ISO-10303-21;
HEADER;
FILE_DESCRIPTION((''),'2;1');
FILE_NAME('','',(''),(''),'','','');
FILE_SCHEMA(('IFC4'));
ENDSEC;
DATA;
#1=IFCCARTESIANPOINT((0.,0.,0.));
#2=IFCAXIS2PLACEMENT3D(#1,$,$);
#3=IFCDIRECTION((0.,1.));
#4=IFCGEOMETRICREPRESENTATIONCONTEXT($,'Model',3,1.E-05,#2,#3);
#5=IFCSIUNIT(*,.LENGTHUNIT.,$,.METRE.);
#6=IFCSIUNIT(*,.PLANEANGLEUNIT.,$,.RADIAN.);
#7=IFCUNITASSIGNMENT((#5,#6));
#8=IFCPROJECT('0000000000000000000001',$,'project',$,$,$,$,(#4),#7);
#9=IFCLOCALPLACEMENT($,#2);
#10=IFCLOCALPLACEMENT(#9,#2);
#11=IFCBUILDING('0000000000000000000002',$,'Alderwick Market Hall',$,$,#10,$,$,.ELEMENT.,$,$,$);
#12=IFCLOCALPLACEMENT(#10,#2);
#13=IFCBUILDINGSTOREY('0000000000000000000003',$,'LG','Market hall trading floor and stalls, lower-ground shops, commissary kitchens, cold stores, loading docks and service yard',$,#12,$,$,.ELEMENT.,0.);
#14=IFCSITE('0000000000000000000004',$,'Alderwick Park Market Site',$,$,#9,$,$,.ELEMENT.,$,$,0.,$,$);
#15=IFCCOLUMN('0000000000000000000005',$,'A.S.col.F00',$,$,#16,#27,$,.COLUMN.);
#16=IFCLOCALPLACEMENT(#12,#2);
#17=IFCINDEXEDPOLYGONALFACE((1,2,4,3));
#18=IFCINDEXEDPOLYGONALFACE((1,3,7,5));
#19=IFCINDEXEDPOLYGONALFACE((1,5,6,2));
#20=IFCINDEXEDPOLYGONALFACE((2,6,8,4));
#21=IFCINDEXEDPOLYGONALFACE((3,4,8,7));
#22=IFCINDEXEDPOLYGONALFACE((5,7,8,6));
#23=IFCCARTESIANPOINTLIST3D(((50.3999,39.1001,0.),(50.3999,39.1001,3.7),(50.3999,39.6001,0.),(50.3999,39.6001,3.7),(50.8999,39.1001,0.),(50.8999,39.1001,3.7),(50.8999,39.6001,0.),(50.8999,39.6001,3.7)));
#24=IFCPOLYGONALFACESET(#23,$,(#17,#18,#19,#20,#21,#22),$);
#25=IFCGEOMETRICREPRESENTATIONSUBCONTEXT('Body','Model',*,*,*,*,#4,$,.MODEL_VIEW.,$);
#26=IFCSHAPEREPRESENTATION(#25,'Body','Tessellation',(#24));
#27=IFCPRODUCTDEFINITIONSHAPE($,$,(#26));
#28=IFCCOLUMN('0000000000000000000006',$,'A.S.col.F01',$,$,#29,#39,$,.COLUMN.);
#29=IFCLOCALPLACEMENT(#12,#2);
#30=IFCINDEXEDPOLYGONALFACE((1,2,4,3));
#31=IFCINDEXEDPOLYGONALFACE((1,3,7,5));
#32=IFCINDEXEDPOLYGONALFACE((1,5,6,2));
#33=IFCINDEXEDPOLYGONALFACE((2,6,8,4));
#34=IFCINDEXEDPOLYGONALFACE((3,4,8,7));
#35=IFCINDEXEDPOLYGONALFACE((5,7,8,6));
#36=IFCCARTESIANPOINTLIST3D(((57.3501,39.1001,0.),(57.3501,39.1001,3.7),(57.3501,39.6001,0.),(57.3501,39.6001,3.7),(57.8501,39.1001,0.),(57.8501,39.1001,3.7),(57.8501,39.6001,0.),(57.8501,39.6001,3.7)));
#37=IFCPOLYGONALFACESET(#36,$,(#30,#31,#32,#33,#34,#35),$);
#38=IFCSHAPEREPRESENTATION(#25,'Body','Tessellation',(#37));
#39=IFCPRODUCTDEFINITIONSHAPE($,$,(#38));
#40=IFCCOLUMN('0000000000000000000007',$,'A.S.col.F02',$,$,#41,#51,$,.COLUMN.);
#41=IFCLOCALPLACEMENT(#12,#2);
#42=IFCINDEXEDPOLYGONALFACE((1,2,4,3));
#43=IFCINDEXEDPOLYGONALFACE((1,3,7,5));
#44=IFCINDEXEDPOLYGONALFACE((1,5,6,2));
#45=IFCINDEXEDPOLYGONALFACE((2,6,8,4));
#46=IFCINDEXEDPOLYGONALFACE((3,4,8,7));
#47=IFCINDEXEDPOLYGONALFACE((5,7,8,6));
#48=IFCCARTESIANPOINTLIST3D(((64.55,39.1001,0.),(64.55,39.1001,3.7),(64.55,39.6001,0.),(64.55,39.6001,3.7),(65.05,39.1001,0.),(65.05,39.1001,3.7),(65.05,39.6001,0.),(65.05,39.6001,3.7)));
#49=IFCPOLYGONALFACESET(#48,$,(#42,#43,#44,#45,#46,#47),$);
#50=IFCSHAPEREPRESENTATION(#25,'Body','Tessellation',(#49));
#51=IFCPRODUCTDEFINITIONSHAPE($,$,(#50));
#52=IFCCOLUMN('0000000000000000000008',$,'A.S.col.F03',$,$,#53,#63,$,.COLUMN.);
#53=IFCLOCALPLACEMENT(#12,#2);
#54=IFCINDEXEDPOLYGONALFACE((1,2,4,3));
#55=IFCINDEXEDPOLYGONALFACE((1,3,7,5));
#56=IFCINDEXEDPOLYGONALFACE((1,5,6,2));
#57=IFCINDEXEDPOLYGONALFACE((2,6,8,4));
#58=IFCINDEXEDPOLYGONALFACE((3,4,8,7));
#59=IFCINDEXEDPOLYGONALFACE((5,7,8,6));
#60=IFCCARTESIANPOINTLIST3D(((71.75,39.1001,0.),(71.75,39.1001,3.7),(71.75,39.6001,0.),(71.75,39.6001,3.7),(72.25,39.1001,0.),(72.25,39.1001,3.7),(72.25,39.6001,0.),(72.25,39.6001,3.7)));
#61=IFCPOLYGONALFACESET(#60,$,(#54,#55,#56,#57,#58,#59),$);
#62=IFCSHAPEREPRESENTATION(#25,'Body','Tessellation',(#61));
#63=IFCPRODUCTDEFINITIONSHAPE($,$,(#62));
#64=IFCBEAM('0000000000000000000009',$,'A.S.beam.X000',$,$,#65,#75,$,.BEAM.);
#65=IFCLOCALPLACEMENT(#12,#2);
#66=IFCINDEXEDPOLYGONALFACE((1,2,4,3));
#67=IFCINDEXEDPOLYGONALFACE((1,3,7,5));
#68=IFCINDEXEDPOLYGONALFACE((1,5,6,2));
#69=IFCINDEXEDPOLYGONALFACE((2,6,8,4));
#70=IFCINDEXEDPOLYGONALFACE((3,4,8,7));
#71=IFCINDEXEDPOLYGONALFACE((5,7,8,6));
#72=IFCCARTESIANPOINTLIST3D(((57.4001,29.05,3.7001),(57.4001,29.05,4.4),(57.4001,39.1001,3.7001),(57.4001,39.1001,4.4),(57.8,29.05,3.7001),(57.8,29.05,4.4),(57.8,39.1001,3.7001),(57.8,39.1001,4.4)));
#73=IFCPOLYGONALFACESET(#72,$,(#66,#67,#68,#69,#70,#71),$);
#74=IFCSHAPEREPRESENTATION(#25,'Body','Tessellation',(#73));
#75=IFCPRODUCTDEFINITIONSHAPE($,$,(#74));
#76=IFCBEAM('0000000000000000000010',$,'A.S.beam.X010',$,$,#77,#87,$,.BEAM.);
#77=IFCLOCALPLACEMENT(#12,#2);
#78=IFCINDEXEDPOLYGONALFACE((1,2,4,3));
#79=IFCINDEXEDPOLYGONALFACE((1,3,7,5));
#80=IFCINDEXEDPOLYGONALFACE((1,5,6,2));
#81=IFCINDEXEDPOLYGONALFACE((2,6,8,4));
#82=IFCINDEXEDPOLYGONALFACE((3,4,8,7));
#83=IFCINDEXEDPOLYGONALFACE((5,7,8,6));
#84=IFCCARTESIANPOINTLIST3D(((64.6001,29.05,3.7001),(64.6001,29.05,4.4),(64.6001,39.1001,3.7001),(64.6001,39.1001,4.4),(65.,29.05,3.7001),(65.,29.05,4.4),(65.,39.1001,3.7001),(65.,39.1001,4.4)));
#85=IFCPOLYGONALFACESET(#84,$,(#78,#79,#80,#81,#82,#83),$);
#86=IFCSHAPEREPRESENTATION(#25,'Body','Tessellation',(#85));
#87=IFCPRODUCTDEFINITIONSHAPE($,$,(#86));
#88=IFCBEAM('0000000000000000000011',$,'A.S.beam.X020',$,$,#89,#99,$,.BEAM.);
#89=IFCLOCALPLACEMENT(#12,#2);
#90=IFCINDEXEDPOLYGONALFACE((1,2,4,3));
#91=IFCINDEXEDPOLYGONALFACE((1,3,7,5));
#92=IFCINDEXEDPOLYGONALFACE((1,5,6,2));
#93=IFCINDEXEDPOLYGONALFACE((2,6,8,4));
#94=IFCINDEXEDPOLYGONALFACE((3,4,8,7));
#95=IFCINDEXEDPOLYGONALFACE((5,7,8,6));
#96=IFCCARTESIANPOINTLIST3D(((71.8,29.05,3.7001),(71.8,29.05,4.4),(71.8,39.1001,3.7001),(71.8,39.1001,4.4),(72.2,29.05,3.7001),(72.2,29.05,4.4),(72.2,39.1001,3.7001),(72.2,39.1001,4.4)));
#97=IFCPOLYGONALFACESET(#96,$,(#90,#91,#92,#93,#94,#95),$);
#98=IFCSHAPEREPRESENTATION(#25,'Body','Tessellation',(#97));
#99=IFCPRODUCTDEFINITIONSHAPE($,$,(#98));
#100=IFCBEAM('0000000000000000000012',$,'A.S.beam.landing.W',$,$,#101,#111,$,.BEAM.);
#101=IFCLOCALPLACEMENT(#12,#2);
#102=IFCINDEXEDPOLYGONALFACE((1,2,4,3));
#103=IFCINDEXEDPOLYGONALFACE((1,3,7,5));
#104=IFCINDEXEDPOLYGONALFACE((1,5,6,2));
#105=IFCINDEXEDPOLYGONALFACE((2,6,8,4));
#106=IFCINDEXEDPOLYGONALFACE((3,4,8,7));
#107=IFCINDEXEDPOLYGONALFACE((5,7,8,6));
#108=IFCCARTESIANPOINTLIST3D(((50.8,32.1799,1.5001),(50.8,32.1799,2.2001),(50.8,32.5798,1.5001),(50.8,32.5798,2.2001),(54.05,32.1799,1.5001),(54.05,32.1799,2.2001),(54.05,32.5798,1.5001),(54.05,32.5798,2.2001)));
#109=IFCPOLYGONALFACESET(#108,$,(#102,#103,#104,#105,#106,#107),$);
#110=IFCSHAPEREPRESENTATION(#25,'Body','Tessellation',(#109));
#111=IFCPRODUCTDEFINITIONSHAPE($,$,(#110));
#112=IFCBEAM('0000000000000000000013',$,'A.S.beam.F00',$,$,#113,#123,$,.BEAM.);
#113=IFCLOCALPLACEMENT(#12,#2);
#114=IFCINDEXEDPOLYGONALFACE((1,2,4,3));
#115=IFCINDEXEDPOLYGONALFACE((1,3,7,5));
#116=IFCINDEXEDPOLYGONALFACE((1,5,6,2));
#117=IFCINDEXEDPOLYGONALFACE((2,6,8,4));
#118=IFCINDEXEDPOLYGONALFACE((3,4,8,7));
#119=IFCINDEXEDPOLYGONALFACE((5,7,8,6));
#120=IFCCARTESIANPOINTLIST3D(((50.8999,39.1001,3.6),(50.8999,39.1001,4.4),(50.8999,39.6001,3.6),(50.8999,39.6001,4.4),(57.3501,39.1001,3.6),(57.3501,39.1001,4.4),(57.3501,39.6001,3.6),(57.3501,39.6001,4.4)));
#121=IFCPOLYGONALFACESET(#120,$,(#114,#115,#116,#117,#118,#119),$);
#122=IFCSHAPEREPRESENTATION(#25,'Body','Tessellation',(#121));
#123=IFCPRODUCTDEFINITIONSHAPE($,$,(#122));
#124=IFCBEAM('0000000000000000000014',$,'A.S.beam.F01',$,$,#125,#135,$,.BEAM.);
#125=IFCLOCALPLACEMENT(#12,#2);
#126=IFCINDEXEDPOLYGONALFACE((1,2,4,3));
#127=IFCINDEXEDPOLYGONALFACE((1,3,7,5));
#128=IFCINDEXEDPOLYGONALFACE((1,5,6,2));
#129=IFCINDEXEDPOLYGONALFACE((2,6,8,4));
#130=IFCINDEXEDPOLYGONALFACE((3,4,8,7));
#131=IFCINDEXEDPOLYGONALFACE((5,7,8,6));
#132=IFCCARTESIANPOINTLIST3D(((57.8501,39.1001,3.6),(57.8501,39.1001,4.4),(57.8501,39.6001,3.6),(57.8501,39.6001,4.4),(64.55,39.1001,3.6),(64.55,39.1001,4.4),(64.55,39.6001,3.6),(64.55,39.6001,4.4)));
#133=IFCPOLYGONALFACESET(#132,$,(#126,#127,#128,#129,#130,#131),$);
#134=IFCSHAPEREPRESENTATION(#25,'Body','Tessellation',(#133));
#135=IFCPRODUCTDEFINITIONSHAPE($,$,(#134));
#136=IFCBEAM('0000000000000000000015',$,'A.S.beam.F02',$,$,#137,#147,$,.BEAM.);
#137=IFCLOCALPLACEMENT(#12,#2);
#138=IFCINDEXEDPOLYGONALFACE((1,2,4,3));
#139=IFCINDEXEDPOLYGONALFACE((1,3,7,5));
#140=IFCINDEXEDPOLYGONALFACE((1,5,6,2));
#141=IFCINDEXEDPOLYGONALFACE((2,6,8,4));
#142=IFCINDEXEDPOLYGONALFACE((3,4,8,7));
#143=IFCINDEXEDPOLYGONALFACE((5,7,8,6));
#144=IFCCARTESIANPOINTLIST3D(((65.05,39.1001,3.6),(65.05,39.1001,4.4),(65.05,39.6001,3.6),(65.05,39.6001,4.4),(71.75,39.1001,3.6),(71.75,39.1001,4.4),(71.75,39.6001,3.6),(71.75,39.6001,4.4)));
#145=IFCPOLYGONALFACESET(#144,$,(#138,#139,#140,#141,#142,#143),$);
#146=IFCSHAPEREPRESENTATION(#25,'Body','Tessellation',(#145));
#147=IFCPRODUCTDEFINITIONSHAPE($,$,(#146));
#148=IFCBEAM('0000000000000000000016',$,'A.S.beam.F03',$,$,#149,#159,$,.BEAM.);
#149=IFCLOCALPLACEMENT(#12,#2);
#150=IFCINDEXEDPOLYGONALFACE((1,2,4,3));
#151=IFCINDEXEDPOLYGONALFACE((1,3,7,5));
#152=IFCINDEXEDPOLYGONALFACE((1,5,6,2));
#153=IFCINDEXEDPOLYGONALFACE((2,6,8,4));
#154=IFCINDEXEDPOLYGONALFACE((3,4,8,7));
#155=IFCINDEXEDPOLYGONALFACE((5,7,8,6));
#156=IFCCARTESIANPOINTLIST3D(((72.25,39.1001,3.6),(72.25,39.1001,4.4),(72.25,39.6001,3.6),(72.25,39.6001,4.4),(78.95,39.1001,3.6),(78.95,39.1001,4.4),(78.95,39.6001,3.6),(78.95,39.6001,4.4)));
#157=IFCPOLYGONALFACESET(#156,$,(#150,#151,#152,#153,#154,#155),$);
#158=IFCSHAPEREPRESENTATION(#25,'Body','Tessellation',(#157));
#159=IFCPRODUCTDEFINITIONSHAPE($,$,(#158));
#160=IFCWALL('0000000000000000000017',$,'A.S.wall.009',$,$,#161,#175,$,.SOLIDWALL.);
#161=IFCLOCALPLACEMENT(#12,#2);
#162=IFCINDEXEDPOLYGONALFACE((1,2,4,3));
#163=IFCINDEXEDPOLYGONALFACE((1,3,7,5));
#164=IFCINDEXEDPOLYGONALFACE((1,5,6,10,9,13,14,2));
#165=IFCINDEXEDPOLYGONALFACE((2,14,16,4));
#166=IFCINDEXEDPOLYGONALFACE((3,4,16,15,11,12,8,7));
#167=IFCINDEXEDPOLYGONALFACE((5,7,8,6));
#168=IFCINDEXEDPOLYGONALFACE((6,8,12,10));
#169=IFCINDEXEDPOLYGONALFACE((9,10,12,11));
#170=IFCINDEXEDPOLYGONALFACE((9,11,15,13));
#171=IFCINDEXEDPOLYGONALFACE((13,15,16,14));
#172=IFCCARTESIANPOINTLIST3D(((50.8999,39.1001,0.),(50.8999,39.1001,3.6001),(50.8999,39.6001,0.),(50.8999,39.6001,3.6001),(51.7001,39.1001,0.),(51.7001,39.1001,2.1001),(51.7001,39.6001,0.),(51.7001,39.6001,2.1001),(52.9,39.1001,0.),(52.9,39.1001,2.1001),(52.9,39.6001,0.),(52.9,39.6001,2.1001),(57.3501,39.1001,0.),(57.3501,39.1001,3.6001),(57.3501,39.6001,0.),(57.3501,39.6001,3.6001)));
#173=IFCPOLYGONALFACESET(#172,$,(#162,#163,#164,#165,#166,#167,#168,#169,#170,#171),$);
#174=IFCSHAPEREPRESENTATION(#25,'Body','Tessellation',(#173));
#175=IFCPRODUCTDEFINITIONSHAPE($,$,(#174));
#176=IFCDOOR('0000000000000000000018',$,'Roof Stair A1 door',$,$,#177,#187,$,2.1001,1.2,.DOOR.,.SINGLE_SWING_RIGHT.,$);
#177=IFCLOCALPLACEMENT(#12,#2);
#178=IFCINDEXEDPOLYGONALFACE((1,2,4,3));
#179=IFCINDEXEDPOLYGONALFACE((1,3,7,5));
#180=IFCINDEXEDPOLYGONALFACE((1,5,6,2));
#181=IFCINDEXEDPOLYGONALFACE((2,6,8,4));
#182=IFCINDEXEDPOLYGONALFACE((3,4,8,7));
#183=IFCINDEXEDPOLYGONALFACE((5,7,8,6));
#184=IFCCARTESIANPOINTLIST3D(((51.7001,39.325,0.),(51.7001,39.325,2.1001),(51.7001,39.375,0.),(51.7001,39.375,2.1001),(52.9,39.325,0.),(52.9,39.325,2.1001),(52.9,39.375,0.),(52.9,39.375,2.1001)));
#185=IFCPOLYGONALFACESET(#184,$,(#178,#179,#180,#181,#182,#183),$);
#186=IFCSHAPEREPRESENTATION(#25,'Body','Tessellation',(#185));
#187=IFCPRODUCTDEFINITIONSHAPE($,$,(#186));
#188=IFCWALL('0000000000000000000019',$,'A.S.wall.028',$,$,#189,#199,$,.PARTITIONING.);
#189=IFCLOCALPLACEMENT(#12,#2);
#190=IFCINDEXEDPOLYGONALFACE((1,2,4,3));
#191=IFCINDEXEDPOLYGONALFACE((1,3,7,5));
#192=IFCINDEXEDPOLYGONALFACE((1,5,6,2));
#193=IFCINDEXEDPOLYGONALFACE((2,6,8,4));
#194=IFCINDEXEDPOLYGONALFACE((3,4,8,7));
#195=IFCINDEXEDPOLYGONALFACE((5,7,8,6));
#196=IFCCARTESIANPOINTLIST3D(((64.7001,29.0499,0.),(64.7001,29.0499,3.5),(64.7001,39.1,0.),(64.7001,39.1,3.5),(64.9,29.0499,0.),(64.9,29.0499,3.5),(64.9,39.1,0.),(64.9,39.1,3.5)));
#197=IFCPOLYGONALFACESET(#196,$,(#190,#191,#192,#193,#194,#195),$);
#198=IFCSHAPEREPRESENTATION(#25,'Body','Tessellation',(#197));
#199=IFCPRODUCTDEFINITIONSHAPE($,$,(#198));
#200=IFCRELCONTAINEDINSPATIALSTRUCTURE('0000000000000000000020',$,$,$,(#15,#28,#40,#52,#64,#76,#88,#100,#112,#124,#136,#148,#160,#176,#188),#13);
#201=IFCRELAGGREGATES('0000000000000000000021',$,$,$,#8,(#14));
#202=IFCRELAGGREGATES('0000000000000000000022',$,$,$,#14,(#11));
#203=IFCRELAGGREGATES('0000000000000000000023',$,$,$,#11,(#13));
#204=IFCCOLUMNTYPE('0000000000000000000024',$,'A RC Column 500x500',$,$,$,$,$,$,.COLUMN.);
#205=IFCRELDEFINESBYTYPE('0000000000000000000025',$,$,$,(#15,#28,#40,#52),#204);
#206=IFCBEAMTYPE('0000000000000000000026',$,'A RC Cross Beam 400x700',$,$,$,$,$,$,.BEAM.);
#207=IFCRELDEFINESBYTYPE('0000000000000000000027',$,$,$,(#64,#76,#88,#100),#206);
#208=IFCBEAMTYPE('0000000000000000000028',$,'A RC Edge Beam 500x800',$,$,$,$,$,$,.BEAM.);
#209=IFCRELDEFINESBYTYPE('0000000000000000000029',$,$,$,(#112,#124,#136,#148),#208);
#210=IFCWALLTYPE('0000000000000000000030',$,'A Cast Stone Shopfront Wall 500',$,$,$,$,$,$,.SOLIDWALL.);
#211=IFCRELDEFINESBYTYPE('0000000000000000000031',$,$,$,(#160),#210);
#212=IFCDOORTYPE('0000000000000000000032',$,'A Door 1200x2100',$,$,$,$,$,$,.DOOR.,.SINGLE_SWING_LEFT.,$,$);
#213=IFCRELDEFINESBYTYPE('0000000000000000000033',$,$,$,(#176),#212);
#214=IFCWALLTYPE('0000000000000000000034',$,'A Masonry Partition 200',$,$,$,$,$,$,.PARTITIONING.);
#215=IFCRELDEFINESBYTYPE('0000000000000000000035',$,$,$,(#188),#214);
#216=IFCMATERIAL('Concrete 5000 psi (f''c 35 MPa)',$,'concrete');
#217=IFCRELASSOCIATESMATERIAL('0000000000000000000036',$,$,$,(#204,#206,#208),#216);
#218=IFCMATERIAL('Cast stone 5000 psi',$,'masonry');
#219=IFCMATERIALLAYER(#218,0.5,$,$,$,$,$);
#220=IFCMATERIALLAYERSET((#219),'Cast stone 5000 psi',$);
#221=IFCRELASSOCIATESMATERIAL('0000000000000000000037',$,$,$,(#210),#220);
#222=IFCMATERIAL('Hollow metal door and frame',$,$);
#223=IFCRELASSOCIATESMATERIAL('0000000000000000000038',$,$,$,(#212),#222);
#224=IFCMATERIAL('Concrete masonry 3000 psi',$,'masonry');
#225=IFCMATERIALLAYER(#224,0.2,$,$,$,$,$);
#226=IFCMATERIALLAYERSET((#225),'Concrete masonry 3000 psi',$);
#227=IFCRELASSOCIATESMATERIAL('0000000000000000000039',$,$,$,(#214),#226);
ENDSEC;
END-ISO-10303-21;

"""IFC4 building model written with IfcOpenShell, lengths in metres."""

from ifc_helpers import new_model, si_unit, direction, frame, frame_2d, origin, origin_2d, place, context, subcontext, project, spatial, rectangle, extrude, material, layer, layer_set, material_profile, profile_set, type_object, element, fill, save


model = new_model("IFC4")

# Units and contexts
model_context = context("Model", 3, precision=1e-05, world=origin(), true_north=direction((0.0, 1.0)))
body_context = subcontext(model_context, "Body", "Model", "MODEL_VIEW")
ifc_project = project(units=[si_unit("LENGTHUNIT", "METRE"), si_unit("PLANEANGLEUNIT", "RADIAN")], contexts=[model_context])

# Site, building, storey
site_placement = place(None, origin())
site = spatial("IfcSite", under=ifc_project, at=site_placement, Name="Alderwick Park Market Site", CompositionType="ELEMENT", RefElevation=0.0)
building_placement = place(site_placement, origin())
building = spatial("IfcBuilding", under=site, at=building_placement, Name="Alderwick Market Hall", CompositionType="ELEMENT")
storey_placement = place(building_placement, origin())
storey = spatial("IfcBuildingStorey", under=building, at=storey_placement, Name="LG", Description="Market hall trading floor and stalls, lower-ground shops, commissary kitchens, cold stores, loading docks and service yard", CompositionType="ELEMENT", Elevation=0.0)

# Columns
ifc_material_1 = material(Name="Concrete 5000 psi (f'c 35 MPa)", Category="concrete")
ifc_material_profile_1 = material_profile(ifc_material_1, rectangle(XDim=0.5, YDim=0.5, at=origin_2d()), Name="A RC Column 500x500")
ifc_profile_set_1 = profile_set([ifc_material_profile_1], Name="Concrete 5000 psi (f'c 35 MPa)")
column_type = type_object("IfcColumnType", Name="A RC Column 500x500", PredefinedType="COLUMN", material=ifc_profile_set_1)
for number, where, z_axis, x_axis, name in (
    (1, (50.6499, 39.3501, 0.0), (0.0, 0.0, 1.0), (1.0, 0.0, 0.0), "A.S.col.F00"),
    (2, (57.6001, 39.3501, 0.0), (0.0, 0.0, 1.0), (1.0, 0.0, 0.0), "A.S.col.F01"),
    (3, (64.8, 39.3501, 0.0), (0.0, 0.0, 1.0), (1.0, 0.0, 0.0), "A.S.col.F02"),
    (4, (72.0, 39.3501, 0.0), (0.0, 0.0, 1.0), (1.0, 0.0, 0.0), "A.S.col.F03"),
):
    element("IfcColumn", number, at=place(storey_placement, frame(where, z_axis=z_axis, x_axis=x_axis)), inside=storey, type_object=column_type, Name=name, PredefinedType="COLUMN", context=body_context, shape_type="SweptSolid", body=[
        extrude(rectangle(XDim=0.5, YDim=0.5, at=origin_2d()), origin(), (0.0, 0.0, 1.0), 3.7),
    ])

# Beams
ifc_material_profile_2 = material_profile(ifc_material_1, rectangle(XDim=0.3999, YDim=0.7, at=origin_2d()), Name="A RC Cross Beam 400x700")
ifc_profile_set_2 = profile_set([ifc_material_profile_2], Name="Concrete 5000 psi (f'c 35 MPa)")
beam_type_1 = type_object("IfcBeamType", Name="A RC Cross Beam 400x700", PredefinedType="BEAM", material=ifc_profile_set_2)
for number, where, z_axis, x_axis, name in (
    (5, (57.6001, 39.1001, 4.05), (0.0, -1.0, 0.0), (1.0, 0.0, 0.0), "A.S.beam.X000"),
    (6, (64.8, 39.1001, 4.05), (0.0, -1.0, 0.0), (1.0, 0.0, 0.0), "A.S.beam.X010"),
    (7, (72.0, 39.1001, 4.05), (0.0, -1.0, 0.0), (1.0, 0.0, 0.0), "A.S.beam.X020"),
):
    element("IfcBeam", number, at=place(storey_placement, frame(where, z_axis=z_axis, x_axis=x_axis)), inside=storey, type_object=beam_type_1, Name=name, PredefinedType="BEAM", context=body_context, shape_type="SweptSolid", body=[
        extrude(rectangle(XDim=0.3999, YDim=0.7, at=origin_2d()), origin(), (0.0, 0.0, 1.0), 10.05),
    ])
beam_1_placement = place(storey_placement, frame((50.8, 32.3799, 1.8501), z_axis=(1.0, 0.0, 0.0), x_axis=(0.0, 1.0, 0.0)))
element("IfcBeam", 8, at=beam_1_placement, inside=storey, type_object=beam_type_1, Name="A.S.beam.landing.W", PredefinedType="BEAM", context=body_context, shape_type="SweptSolid", body=[
    extrude(rectangle(XDim=0.3999, YDim=0.7, at=origin_2d()), origin(), (0.0, 0.0, 1.0), 3.25),
])
ifc_material_profile_3 = material_profile(ifc_material_1, rectangle(XDim=0.5, YDim=0.8, at=origin_2d()), Name="A RC Edge Beam 500x800")
ifc_profile_set_3 = profile_set([ifc_material_profile_3], Name="Concrete 5000 psi (f'c 35 MPa)")
beam_type_2 = type_object("IfcBeamType", Name="A RC Edge Beam 500x800", PredefinedType="BEAM", material=ifc_profile_set_3)
beam_2_placement = place(storey_placement, frame((50.8999, 39.3501, 4.0), z_axis=(1.0, 0.0, 0.0), x_axis=(0.0, 1.0, 0.0)))
element("IfcBeam", 9, at=beam_2_placement, inside=storey, type_object=beam_type_2, Name="A.S.beam.F00", PredefinedType="BEAM", context=body_context, shape_type="SweptSolid", body=[
    extrude(rectangle(XDim=0.5, YDim=0.8, at=origin_2d()), origin(), (0.0, 0.0, 1.0), 6.4502),
])
for number, where, z_axis, x_axis, name in (
    (10, (57.8501, 39.3501, 4.0), (1.0, 0.0, 0.0), (0.0, 1.0, 0.0), "A.S.beam.F01"),
    (11, (65.05, 39.3501, 4.0), (1.0, 0.0, 0.0), (0.0, 1.0, 0.0), "A.S.beam.F02"),
    (12, (72.25, 39.3501, 4.0), (1.0, 0.0, 0.0), (0.0, 1.0, 0.0), "A.S.beam.F03"),
):
    element("IfcBeam", number, at=place(storey_placement, frame(where, z_axis=z_axis, x_axis=x_axis)), inside=storey, type_object=beam_type_2, Name=name, PredefinedType="BEAM", context=body_context, shape_type="SweptSolid", body=[
        extrude(rectangle(XDim=0.5, YDim=0.8, at=origin_2d()), origin(), (0.0, 0.0, 1.0), 6.7),
    ])

# Wall, opening, door
ifc_material_2 = material(Name="Cast stone 5000 psi", Category="masonry")
ifc_layer_1 = layer(ifc_material_2, 0.5)
ifc_layer_set_1 = layer_set([ifc_layer_1], Name="Cast stone 5000 psi")
wall_type_1 = type_object("IfcWallType", Name="A Cast Stone Shopfront Wall 500", PredefinedType="SOLIDWALL", material=ifc_layer_set_1)
wall_1_placement = place(storey_placement, frame((50.8999, 39.3501, 0.0), z_axis=(0.0, 0.0, 1.0), x_axis=(1.0, 0.0, 0.0)))
wall_1 = element("IfcWall", 13, at=wall_1_placement, inside=storey, type_object=wall_type_1, Name="A.S.wall.009", PredefinedType="SOLIDWALL", context=body_context, shape_type="SweptSolid", body=[
    extrude(rectangle(XDim=6.4502, YDim=0.5, at=frame_2d((3.2251, 0.0))), origin(), (0.0, 0.0, 1.0), 3.6001),
])
opening_1_placement = place(wall_1_placement, frame((0.8, 0.0, 0.0)))
opening_1 = element("IfcOpeningElement", 14, at=opening_1_placement, cuts=wall_1, PredefinedType="OPENING", context=body_context, shape_type="SweptSolid", body=[
    extrude(rectangle(XDim=1.2, YDim=2.1001, at=frame_2d((0.6001, 1.05))), frame((0.0, 0.26, 0.0), z_axis=(0.0, -1.0, 0.0), x_axis=(1.0, 0.0, 0.0)), (0.0, 0.0, 1.0), 0.52),
])
ifc_material_3 = material(Name="Hollow metal door and frame")
door_type_1 = type_object("IfcDoorType", Name="A Door 1200x2100", OperationType="SINGLE_SWING_LEFT", PredefinedType="DOOR", material=ifc_material_3)
door_1_placement = place(opening_1_placement, origin())
door_1 = element("IfcDoor", 15, at=door_1_placement, inside=storey, type_object=door_type_1, Name="Roof Stair A1 door", OperationType="SINGLE_SWING_RIGHT", OverallHeight=2.1001, OverallWidth=1.2, PredefinedType="DOOR", context=body_context, shape_type="SweptSolid", body=[
    extrude(rectangle(XDim=1.2, YDim=2.1001, at=frame_2d((0.6001, 1.05))), frame((0.0, 0.0249, 0.0), z_axis=(0.0, -1.0, 0.0), x_axis=(1.0, 0.0, 0.0)), (0.0, 0.0, 1.0), 0.05),
])
fill(opening_1, door_1)

# Wall
ifc_material_4 = material(Name="Concrete masonry 3000 psi", Category="masonry")
ifc_layer_2 = layer(ifc_material_4, 0.2)
ifc_layer_set_2 = layer_set([ifc_layer_2], Name="Concrete masonry 3000 psi")
wall_type_2 = type_object("IfcWallType", Name="A Masonry Partition 200", PredefinedType="PARTITIONING", material=ifc_layer_set_2)
for number, where, z_axis, x_axis, name in (
    (16, (64.8, 29.05, 0.0), (0.0, 0.0, 1.0), (0.0, 1.0, 0.0), "A.S.wall.028"),
):
    element("IfcWall", number, at=place(storey_placement, frame(where, z_axis=z_axis, x_axis=x_axis)), inside=storey, type_object=wall_type_2, Name=name, PredefinedType="PARTITIONING", context=body_context, shape_type="SweptSolid", body=[
        extrude(rectangle(XDim=10.05, YDim=0.2, at=frame_2d((5.0249, 0.0))), origin(), (0.0, 0.0, 1.0), 3.5),
    ])

save(model, "model.ifc")
